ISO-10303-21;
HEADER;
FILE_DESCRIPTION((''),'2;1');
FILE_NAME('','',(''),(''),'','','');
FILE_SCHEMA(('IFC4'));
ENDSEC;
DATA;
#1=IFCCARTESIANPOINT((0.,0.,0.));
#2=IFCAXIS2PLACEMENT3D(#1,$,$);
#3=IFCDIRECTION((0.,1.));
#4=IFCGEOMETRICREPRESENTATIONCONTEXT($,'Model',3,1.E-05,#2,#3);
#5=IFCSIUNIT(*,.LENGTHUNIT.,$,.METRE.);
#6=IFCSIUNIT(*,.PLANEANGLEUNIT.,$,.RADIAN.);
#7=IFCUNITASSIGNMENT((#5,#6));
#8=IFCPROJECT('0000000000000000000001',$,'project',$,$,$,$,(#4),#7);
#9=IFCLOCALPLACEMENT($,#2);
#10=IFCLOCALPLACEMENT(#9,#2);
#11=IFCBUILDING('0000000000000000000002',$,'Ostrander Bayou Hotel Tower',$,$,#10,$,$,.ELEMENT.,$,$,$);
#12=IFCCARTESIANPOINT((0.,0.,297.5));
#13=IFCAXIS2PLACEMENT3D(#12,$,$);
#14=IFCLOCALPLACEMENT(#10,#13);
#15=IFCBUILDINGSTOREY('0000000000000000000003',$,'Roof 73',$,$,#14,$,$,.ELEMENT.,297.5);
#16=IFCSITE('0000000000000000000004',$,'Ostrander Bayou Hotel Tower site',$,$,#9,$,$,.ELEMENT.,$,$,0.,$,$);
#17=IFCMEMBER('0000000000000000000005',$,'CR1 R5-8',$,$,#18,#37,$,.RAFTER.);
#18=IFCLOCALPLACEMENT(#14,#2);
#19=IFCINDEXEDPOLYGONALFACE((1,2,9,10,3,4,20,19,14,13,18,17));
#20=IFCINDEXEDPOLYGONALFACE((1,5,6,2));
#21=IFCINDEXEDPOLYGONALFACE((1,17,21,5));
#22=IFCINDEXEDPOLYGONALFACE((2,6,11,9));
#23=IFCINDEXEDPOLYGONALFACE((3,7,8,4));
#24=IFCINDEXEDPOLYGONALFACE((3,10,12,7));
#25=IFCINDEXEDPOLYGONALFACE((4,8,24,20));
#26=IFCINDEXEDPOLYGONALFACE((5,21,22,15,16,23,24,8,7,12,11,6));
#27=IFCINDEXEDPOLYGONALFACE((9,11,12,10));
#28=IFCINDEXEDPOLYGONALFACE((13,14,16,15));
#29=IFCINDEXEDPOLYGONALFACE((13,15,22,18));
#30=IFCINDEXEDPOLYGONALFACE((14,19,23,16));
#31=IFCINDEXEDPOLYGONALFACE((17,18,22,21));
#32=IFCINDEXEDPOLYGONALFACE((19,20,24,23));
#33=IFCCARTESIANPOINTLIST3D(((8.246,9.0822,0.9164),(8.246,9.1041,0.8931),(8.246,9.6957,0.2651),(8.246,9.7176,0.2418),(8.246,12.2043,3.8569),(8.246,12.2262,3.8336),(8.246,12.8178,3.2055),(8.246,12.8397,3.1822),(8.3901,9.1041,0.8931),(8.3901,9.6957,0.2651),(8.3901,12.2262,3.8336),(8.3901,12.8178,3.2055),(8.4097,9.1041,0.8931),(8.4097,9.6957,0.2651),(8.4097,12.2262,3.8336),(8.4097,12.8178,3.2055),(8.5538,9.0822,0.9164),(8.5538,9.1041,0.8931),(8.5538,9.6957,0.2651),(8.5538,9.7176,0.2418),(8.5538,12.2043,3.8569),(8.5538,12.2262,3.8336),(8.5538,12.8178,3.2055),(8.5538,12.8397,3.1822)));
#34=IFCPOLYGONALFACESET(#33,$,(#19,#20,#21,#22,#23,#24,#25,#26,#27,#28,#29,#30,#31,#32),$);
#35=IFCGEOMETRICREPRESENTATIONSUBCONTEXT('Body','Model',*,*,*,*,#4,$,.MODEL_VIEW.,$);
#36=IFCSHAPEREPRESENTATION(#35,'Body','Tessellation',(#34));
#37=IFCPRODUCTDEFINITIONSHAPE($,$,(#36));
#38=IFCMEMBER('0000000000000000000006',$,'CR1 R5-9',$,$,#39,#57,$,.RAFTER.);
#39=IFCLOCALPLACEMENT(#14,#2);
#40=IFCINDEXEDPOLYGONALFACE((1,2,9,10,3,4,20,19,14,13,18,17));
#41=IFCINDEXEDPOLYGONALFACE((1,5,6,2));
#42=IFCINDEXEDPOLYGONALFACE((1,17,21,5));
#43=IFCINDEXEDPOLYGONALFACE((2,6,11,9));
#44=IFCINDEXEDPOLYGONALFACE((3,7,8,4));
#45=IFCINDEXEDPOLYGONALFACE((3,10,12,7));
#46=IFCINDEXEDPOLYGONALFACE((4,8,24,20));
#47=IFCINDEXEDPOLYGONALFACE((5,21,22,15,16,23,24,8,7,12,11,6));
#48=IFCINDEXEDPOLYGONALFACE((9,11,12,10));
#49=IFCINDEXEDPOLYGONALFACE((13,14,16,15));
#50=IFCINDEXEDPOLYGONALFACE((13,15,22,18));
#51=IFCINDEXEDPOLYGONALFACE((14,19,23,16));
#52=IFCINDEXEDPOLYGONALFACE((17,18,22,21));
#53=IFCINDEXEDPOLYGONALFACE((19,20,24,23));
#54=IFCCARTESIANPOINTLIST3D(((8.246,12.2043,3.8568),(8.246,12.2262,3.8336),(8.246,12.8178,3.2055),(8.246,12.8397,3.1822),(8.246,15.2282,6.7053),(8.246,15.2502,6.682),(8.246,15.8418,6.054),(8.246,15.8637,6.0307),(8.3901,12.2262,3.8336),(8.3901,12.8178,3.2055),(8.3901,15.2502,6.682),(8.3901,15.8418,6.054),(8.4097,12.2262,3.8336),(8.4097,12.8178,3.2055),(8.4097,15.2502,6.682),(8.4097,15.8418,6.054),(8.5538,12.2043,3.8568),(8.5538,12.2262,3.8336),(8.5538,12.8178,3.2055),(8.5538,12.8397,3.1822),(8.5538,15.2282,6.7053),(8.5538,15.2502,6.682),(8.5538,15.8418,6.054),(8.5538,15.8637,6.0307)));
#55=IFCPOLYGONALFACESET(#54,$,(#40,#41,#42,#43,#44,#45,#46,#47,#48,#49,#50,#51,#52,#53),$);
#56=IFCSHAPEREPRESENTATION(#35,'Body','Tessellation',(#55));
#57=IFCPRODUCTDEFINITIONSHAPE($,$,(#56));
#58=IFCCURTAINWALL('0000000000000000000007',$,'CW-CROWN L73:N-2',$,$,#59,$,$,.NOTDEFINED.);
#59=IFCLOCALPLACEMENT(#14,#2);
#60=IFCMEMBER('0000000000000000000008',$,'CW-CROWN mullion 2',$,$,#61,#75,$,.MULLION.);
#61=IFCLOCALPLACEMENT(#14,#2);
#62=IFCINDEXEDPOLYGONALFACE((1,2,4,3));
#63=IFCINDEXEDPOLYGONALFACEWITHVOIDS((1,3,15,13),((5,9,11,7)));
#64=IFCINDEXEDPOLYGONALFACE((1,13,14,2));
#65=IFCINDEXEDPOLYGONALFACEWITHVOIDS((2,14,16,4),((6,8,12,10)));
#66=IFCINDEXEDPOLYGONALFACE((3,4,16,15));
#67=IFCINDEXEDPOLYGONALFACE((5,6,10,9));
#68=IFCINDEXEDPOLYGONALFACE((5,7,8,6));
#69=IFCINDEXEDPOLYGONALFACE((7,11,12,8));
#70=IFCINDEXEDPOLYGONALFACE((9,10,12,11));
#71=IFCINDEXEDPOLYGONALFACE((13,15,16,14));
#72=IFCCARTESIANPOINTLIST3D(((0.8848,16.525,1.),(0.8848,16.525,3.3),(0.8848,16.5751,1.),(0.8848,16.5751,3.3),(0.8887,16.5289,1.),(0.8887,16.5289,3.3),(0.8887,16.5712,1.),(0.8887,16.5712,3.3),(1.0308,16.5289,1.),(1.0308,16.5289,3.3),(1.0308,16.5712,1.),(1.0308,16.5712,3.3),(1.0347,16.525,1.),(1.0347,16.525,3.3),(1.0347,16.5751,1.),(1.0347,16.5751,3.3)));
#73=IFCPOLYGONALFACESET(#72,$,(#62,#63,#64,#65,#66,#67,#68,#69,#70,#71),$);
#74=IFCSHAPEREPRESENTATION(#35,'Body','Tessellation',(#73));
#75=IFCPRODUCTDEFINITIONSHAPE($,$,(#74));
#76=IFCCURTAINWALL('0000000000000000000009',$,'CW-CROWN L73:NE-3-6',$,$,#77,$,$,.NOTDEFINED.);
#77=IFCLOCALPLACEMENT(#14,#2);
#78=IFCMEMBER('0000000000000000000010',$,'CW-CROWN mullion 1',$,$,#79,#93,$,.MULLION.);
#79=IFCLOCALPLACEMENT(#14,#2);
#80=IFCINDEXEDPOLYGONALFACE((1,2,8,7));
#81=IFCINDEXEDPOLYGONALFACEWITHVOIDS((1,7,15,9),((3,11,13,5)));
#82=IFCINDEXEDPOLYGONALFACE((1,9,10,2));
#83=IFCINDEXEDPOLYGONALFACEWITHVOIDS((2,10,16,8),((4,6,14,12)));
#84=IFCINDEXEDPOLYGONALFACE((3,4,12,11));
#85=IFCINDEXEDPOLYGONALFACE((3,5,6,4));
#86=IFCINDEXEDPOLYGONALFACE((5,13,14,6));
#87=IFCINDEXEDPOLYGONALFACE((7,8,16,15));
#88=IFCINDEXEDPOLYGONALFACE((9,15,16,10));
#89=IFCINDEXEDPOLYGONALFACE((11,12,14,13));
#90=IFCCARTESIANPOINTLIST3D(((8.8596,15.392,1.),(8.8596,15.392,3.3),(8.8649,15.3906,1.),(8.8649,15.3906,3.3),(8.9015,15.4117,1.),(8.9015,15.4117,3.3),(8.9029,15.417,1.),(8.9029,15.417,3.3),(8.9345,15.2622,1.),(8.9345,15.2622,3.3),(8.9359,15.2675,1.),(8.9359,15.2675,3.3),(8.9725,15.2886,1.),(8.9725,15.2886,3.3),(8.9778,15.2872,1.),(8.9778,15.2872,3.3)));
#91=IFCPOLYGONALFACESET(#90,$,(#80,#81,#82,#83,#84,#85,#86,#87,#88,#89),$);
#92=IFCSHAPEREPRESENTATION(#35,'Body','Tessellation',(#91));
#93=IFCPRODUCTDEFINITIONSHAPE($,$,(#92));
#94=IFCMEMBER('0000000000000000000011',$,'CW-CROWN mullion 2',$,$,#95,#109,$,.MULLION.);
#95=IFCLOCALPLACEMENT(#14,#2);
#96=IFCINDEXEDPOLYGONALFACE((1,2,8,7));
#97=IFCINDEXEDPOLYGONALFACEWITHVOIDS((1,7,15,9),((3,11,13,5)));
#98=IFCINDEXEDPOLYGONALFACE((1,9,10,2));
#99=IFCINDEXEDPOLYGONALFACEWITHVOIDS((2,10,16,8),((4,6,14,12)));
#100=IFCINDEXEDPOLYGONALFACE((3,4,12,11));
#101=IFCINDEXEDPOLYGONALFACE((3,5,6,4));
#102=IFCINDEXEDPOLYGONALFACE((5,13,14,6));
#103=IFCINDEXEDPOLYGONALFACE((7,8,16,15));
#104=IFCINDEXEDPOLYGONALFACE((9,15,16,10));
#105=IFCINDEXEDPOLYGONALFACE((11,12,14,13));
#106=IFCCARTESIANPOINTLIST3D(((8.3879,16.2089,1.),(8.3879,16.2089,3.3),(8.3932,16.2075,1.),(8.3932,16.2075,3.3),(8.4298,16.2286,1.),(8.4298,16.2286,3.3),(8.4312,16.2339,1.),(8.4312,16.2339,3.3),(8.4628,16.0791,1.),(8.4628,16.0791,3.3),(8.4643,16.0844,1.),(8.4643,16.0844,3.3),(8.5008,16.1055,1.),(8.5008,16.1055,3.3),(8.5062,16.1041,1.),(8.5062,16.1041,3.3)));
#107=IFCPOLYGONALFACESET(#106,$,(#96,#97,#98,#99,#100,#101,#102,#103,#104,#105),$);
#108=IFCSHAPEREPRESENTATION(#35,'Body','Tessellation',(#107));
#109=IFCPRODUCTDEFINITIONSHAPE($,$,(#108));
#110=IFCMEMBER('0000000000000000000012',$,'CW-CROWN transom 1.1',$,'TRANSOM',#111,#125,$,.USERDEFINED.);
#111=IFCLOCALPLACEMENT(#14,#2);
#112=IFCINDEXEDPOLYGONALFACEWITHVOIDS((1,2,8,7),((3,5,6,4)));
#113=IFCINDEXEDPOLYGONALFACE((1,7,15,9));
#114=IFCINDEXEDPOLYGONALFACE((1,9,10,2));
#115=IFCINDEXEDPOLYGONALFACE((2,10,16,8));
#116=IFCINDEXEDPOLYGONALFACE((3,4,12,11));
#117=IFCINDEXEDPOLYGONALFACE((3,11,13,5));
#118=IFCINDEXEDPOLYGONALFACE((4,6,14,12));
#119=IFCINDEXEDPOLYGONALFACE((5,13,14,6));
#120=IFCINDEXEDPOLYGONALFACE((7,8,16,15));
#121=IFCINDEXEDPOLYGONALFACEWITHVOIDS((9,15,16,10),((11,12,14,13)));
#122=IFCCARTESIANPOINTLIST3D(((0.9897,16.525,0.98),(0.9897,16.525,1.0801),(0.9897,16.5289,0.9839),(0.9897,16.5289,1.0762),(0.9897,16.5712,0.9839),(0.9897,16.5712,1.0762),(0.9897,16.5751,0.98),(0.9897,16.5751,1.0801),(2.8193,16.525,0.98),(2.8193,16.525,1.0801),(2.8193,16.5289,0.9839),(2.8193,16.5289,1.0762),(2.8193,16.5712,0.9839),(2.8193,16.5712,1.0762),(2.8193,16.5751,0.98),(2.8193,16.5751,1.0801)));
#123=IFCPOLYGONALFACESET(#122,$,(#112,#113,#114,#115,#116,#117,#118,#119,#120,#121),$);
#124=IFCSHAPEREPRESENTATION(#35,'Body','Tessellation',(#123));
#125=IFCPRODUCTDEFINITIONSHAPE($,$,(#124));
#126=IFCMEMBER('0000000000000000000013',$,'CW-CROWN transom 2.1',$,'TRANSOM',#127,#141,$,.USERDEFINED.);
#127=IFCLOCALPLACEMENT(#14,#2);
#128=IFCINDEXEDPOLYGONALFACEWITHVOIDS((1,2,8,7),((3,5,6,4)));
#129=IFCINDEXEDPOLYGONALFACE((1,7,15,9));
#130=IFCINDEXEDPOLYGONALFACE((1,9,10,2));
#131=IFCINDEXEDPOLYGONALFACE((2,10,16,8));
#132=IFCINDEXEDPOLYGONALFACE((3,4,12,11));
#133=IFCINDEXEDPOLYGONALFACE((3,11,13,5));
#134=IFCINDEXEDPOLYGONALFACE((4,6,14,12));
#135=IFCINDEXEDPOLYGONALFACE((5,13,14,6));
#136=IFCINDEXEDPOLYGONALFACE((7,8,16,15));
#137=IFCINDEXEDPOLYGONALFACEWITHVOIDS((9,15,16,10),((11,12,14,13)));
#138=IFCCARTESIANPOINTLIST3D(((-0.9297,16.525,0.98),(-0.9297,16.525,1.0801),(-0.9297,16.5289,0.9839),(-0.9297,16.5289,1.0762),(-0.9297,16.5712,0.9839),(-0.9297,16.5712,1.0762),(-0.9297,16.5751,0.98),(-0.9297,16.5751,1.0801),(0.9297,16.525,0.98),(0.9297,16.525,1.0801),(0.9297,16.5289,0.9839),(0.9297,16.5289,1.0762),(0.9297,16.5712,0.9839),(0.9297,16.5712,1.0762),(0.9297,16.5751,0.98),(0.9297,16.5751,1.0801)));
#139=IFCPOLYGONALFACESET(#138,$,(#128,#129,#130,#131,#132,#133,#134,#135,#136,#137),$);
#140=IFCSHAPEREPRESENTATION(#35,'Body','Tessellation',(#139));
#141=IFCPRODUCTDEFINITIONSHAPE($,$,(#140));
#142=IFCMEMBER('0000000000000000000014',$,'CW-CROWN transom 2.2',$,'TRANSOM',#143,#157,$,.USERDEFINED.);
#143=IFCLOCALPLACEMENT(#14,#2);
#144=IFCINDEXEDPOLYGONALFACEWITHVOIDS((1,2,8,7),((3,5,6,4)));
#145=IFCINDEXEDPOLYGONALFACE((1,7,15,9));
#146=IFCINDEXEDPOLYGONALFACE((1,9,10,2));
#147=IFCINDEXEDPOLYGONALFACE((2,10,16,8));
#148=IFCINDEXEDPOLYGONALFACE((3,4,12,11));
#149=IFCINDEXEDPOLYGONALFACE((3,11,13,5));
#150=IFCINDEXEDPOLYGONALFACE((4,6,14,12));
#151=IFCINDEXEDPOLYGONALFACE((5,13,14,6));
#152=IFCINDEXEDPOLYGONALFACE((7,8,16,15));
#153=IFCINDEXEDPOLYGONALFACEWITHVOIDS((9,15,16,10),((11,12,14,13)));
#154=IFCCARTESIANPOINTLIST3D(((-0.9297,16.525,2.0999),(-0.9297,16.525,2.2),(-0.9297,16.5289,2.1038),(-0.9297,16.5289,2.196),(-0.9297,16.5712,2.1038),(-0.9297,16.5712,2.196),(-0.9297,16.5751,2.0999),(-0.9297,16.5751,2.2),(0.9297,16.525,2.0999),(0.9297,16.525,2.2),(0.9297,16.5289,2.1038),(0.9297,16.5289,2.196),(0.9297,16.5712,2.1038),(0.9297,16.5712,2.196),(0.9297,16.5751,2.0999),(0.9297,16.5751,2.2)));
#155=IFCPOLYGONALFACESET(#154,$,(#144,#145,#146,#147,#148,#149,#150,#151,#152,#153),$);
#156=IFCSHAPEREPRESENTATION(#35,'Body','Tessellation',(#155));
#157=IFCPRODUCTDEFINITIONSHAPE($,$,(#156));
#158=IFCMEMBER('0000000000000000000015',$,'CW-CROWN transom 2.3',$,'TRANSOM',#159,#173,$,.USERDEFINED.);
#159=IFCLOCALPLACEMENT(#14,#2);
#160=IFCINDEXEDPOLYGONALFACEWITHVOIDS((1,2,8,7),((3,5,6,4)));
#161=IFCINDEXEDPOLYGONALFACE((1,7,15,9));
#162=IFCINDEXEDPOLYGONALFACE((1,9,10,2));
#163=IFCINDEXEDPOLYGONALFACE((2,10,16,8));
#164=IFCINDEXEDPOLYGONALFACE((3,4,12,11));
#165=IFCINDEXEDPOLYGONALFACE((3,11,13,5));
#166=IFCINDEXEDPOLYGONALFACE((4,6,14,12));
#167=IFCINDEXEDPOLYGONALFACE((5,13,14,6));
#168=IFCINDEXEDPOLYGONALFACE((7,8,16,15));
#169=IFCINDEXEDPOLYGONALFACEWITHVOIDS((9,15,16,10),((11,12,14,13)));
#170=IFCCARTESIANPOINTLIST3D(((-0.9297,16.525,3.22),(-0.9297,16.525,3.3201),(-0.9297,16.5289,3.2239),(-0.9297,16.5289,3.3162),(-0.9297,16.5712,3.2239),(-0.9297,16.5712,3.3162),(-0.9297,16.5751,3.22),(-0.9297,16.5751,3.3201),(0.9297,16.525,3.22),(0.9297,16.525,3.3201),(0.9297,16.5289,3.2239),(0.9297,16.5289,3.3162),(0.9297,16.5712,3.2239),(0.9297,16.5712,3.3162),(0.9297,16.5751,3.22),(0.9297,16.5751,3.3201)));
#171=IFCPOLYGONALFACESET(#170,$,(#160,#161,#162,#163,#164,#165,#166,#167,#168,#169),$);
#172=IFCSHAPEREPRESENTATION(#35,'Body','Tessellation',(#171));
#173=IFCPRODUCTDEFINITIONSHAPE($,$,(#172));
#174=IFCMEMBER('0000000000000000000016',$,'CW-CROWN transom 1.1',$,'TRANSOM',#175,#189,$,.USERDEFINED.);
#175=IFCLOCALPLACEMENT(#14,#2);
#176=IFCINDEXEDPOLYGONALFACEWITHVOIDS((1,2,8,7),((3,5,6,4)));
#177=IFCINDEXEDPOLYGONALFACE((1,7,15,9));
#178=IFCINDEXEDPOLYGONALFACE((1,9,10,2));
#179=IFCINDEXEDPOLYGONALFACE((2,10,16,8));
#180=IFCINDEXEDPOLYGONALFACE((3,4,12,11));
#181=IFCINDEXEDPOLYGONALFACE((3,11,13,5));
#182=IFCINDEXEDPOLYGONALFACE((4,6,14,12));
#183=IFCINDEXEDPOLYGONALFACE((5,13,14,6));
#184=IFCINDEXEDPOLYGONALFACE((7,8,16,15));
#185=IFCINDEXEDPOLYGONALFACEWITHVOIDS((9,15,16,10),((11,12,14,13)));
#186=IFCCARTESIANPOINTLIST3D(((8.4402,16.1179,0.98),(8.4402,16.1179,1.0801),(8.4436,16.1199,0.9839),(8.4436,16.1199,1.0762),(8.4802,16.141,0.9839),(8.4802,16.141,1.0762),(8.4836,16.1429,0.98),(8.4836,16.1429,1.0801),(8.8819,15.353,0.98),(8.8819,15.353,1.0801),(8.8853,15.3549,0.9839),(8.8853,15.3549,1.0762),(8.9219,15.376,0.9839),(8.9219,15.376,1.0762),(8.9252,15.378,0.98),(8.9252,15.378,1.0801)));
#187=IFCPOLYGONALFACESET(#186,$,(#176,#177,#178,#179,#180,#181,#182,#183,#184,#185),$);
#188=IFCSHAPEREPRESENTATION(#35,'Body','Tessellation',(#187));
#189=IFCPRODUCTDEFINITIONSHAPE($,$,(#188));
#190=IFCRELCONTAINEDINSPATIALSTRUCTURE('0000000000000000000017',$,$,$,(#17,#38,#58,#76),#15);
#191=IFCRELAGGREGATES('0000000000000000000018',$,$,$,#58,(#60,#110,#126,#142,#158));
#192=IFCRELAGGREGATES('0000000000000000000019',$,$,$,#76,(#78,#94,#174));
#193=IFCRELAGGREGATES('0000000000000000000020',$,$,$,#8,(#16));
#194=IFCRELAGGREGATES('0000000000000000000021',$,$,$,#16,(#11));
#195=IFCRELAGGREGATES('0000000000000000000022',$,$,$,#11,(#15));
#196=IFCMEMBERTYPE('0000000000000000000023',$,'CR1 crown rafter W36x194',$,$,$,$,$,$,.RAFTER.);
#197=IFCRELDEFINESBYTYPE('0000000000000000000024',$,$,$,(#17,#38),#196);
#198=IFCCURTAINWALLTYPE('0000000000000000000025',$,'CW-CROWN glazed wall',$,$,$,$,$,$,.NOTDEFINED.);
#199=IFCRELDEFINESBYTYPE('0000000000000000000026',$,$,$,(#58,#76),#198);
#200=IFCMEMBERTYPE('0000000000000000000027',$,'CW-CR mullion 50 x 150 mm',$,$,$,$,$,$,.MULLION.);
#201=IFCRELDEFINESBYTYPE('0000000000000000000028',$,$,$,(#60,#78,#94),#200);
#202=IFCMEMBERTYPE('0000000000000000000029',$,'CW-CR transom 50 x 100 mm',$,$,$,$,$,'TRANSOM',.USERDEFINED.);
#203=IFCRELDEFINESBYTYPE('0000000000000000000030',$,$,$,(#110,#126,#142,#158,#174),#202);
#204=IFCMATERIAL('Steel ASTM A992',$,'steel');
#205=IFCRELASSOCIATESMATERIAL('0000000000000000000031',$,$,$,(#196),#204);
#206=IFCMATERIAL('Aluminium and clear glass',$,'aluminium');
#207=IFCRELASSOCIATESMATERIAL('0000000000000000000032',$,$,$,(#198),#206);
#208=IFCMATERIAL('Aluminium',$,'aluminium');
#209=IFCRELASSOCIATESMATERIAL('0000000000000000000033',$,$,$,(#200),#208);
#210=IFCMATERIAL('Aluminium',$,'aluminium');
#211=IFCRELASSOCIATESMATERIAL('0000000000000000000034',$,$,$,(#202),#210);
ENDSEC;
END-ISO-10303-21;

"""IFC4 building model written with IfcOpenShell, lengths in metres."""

from ifc_helpers import new_model, si_unit, direction, frame, origin, origin_2d, place, context, subcontext, project, spatial, hollow_rectangle, i_section, extrude, material, material_profile, profile_set, type_object, element, aggregate, save


model = new_model("IFC4")

# Units and contexts
model_context = context("Model", 3, precision=1e-05, world=origin(), true_north=direction((0.0, 1.0)))
body_context = subcontext(model_context, "Body", "Model", "MODEL_VIEW")
ifc_project = project(units=[si_unit("LENGTHUNIT", "METRE"), si_unit("PLANEANGLEUNIT", "RADIAN")], contexts=[model_context])

# Site, building, storey
site_placement = place(None, origin())
site = spatial("IfcSite", under=ifc_project, at=site_placement, Name="Ostrander Bayou Hotel Tower site", CompositionType="ELEMENT", RefElevation=0.0)
building_placement = place(site_placement, origin())
building = spatial("IfcBuilding", under=site, at=building_placement, Name="Ostrander Bayou Hotel Tower", CompositionType="ELEMENT")
storey_placement = place(building_placement, frame((0.0, 0.0, 297.5)))
storey = spatial("IfcBuildingStorey", under=building, at=storey_placement, Name="Roof 73", CompositionType="ELEMENT", Elevation=297.5)

# Members
ifc_material_1 = material(Name="Steel ASTM A992", Category="steel")
ifc_material_profile_1 = material_profile(ifc_material_1, i_section(OverallWidth=0.3079, OverallDepth=0.9268, WebThickness=0.0195, FlangeThickness=0.032, at=origin_2d()))
ifc_profile_set_1 = profile_set([ifc_material_profile_1], Name="Steel ASTM A992")
member_type_1 = type_object("IfcMemberType", Name="CR1 crown rafter W36x194", PredefinedType="RAFTER", material=ifc_profile_set_1)
member_1_placement = place(storey_placement, frame((8.3999, 9.3999, 0.5791), z_axis=(0.0, 0.727966, 0.685613), x_axis=(-1.0, 0.0, 0.0)))
element("IfcMember", 1, at=member_1_placement, inside=storey, type_object=member_type_1, Name="CR1 R5-8", PredefinedType="RAFTER", context=body_context, shape_type="SweptSolid", body=[
    extrude(i_section(OverallWidth=0.3079, OverallDepth=0.9268, WebThickness=0.0195, FlangeThickness=0.032, at=origin_2d()), origin(), (0.0, 0.0, 1.0), 4.2888),
])
member_2_placement = place(storey_placement, frame((8.3999, 12.522, 3.5195), z_axis=(0.0, 0.727919, 0.685663), x_axis=(-1.0, 0.0, 0.0)))
element("IfcMember", 2, at=member_2_placement, inside=storey, type_object=member_type_1, Name="CR1 R5-9", PredefinedType="RAFTER", context=body_context, shape_type="SweptSolid", body=[
    extrude(i_section(OverallWidth=0.3079, OverallDepth=0.9268, WebThickness=0.0195, FlangeThickness=0.032, at=origin_2d()), origin(), (0.0, 0.0, 1.0), 4.1543),
])

# Curtain wall, member
ifc_material_2 = material(Name="Aluminium and clear glass", Category="aluminium")
curtain_wall_type = type_object("IfcCurtainWallType", Name="CW-CROWN glazed wall", PredefinedType="NOTDEFINED", material=ifc_material_2)
curtain_wall_1_placement = place(storey_placement, origin())
curtain_wall_1 = element("IfcCurtainWall", 3, at=curtain_wall_1_placement, inside=storey, type_object=curtain_wall_type, Name="CW-CROWN L73:N-2", PredefinedType="NOTDEFINED")
ifc_material_3 = material(Name="Aluminium", Category="aluminium")
ifc_material_profile_2 = material_profile(ifc_material_3, hollow_rectangle(XDim=0.05, YDim=0.1499, WallThickness=0.0039, at=origin_2d()))
ifc_profile_set_2 = profile_set([ifc_material_profile_2], Name="Aluminium")
member_type_2 = type_object("IfcMemberType", Name="CW-CR mullion 50 x 150 mm", PredefinedType="MULLION", material=ifc_profile_set_2)
member_3_placement = place(storey_placement, frame((0.9597, 16.55, 1.0), z_axis=(0.0, 0.0, 1.0), x_axis=(0.0, -1.0, 0.0)))
member_3 = element("IfcMember", 4, at=member_3_placement, type_object=member_type_2, Name="CW-CROWN mullion 2", PredefinedType="MULLION", context=body_context, shape_type="SweptSolid", body=[
    extrude(hollow_rectangle(XDim=0.05, YDim=0.1499, WallThickness=0.0039, at=origin_2d()), origin(), (0.0, 0.0, 1.0), 2.3),
])

# Curtain wall, members
curtain_wall_2_placement = place(storey_placement, origin())
curtain_wall_2 = element("IfcCurtainWall", 5, at=curtain_wall_2_placement, inside=storey, type_object=curtain_wall_type, Name="CW-CROWN L73:NE-3-6", PredefinedType="NOTDEFINED")
member_4_placement = place(storey_placement, frame((8.9187, 15.3396, 1.0), z_axis=(0.0, 0.0, 1.0), x_axis=(-0.866026, -0.499999, 0.0)))
member_4 = element("IfcMember", 6, at=member_4_placement, type_object=member_type_2, Name="CW-CROWN mullion 1", PredefinedType="MULLION", context=body_context, shape_type="SweptSolid", body=[
    extrude(hollow_rectangle(XDim=0.05, YDim=0.1499, WallThickness=0.0039, at=origin_2d()), origin(), (0.0, 0.0, 1.0), 2.3),
])
member_5_placement = place(storey_placement, frame((8.447, 16.1565, 1.0), z_axis=(0.0, 0.0, 1.0), x_axis=(-0.866026, -0.499999, 0.0)))
member_5 = element("IfcMember", 7, at=member_5_placement, type_object=member_type_2, Name="CW-CROWN mullion 2", PredefinedType="MULLION", context=body_context, shape_type="SweptSolid", body=[
    extrude(hollow_rectangle(XDim=0.05, YDim=0.1499, WallThickness=0.0039, at=origin_2d()), origin(), (0.0, 0.0, 1.0), 2.3),
])

# Members
ifc_material_4 = material(Name="Aluminium", Category="aluminium")
ifc_material_profile_3 = material_profile(ifc_material_4, hollow_rectangle(XDim=0.05, YDim=0.1001, WallThickness=0.0039, at=origin_2d()))
ifc_profile_set_3 = profile_set([ifc_material_profile_3], Name="Aluminium")
member_type_3 = type_object("IfcMemberType", Name="CW-CR transom 50 x 100 mm", ElementType="TRANSOM", PredefinedType="USERDEFINED", material=ifc_profile_set_3)
member_6_placement = place(storey_placement, frame((2.8193, 16.55, 1.03), z_axis=(-1.0, 0.0, 0.0), x_axis=(0.0, -1.0, 0.0)))
member_6 = element("IfcMember", 8, at=member_6_placement, type_object=member_type_3, Name="CW-CROWN transom 1.1", ObjectType="TRANSOM", PredefinedType="USERDEFINED", context=body_context, shape_type="SweptSolid", body=[
    extrude(hollow_rectangle(XDim=0.05, YDim=0.1001, WallThickness=0.0039, at=origin_2d()), origin(), (0.0, 0.0, 1.0), 1.8296),
])
member_7_placement = place(storey_placement, frame((0.9297, 16.55, 1.03), z_axis=(-1.0, 0.0, 0.0), x_axis=(0.0, -1.0, 0.0)))
member_7 = element("IfcMember", 9, at=member_7_placement, type_object=member_type_3, Name="CW-CROWN transom 2.1", ObjectType="TRANSOM", PredefinedType="USERDEFINED", context=body_context, shape_type="SweptSolid", body=[
    extrude(hollow_rectangle(XDim=0.05, YDim=0.1001, WallThickness=0.0039, at=origin_2d()), origin(), (0.0, 0.0, 1.0), 1.8594),
])
member_8_placement = place(storey_placement, frame((0.9297, 16.55, 2.1499), z_axis=(-1.0, 0.0, 0.0), x_axis=(0.0, -1.0, 0.0)))
member_8 = element("IfcMember", 10, at=member_8_placement, type_object=member_type_3, Name="CW-CROWN transom 2.2", ObjectType="TRANSOM", PredefinedType="USERDEFINED", context=body_context, shape_type="SweptSolid", body=[
    extrude(hollow_rectangle(XDim=0.05, YDim=0.1001, WallThickness=0.0039, at=origin_2d()), origin(), (0.0, 0.0, 1.0), 1.8594),
])
member_9_placement = place(storey_placement, frame((0.9297, 16.55, 3.27), z_axis=(-1.0, 0.0, 0.0), x_axis=(0.0, -1.0, 0.0)))
member_9 = element("IfcMember", 11, at=member_9_placement, type_object=member_type_3, Name="CW-CROWN transom 2.3", ObjectType="TRANSOM", PredefinedType="USERDEFINED", context=body_context, shape_type="SweptSolid", body=[
    extrude(hollow_rectangle(XDim=0.05, YDim=0.1001, WallThickness=0.0039, at=origin_2d()), origin(), (0.0, 0.0, 1.0), 1.8594),
])
member_10_placement = place(storey_placement, frame((8.9036, 15.3655, 1.03), z_axis=(-0.500034, 0.866006, 0.0), x_axis=(-0.866006, -0.500034, 0.0)))
member_10 = element("IfcMember", 12, at=member_10_placement, type_object=member_type_3, Name="CW-CROWN transom 1.1", ObjectType="TRANSOM", PredefinedType="USERDEFINED", context=body_context, shape_type="SweptSolid", body=[
    extrude(hollow_rectangle(XDim=0.05, YDim=0.1001, WallThickness=0.0039, at=origin_2d()), origin(), (0.0, 0.0, 1.0), 0.8833),
])

aggregate(curtain_wall_1, [member_3, member_6, member_7, member_8, member_9])
aggregate(curtain_wall_2, [member_4, member_5, member_10])

save(model, "model.ifc")
